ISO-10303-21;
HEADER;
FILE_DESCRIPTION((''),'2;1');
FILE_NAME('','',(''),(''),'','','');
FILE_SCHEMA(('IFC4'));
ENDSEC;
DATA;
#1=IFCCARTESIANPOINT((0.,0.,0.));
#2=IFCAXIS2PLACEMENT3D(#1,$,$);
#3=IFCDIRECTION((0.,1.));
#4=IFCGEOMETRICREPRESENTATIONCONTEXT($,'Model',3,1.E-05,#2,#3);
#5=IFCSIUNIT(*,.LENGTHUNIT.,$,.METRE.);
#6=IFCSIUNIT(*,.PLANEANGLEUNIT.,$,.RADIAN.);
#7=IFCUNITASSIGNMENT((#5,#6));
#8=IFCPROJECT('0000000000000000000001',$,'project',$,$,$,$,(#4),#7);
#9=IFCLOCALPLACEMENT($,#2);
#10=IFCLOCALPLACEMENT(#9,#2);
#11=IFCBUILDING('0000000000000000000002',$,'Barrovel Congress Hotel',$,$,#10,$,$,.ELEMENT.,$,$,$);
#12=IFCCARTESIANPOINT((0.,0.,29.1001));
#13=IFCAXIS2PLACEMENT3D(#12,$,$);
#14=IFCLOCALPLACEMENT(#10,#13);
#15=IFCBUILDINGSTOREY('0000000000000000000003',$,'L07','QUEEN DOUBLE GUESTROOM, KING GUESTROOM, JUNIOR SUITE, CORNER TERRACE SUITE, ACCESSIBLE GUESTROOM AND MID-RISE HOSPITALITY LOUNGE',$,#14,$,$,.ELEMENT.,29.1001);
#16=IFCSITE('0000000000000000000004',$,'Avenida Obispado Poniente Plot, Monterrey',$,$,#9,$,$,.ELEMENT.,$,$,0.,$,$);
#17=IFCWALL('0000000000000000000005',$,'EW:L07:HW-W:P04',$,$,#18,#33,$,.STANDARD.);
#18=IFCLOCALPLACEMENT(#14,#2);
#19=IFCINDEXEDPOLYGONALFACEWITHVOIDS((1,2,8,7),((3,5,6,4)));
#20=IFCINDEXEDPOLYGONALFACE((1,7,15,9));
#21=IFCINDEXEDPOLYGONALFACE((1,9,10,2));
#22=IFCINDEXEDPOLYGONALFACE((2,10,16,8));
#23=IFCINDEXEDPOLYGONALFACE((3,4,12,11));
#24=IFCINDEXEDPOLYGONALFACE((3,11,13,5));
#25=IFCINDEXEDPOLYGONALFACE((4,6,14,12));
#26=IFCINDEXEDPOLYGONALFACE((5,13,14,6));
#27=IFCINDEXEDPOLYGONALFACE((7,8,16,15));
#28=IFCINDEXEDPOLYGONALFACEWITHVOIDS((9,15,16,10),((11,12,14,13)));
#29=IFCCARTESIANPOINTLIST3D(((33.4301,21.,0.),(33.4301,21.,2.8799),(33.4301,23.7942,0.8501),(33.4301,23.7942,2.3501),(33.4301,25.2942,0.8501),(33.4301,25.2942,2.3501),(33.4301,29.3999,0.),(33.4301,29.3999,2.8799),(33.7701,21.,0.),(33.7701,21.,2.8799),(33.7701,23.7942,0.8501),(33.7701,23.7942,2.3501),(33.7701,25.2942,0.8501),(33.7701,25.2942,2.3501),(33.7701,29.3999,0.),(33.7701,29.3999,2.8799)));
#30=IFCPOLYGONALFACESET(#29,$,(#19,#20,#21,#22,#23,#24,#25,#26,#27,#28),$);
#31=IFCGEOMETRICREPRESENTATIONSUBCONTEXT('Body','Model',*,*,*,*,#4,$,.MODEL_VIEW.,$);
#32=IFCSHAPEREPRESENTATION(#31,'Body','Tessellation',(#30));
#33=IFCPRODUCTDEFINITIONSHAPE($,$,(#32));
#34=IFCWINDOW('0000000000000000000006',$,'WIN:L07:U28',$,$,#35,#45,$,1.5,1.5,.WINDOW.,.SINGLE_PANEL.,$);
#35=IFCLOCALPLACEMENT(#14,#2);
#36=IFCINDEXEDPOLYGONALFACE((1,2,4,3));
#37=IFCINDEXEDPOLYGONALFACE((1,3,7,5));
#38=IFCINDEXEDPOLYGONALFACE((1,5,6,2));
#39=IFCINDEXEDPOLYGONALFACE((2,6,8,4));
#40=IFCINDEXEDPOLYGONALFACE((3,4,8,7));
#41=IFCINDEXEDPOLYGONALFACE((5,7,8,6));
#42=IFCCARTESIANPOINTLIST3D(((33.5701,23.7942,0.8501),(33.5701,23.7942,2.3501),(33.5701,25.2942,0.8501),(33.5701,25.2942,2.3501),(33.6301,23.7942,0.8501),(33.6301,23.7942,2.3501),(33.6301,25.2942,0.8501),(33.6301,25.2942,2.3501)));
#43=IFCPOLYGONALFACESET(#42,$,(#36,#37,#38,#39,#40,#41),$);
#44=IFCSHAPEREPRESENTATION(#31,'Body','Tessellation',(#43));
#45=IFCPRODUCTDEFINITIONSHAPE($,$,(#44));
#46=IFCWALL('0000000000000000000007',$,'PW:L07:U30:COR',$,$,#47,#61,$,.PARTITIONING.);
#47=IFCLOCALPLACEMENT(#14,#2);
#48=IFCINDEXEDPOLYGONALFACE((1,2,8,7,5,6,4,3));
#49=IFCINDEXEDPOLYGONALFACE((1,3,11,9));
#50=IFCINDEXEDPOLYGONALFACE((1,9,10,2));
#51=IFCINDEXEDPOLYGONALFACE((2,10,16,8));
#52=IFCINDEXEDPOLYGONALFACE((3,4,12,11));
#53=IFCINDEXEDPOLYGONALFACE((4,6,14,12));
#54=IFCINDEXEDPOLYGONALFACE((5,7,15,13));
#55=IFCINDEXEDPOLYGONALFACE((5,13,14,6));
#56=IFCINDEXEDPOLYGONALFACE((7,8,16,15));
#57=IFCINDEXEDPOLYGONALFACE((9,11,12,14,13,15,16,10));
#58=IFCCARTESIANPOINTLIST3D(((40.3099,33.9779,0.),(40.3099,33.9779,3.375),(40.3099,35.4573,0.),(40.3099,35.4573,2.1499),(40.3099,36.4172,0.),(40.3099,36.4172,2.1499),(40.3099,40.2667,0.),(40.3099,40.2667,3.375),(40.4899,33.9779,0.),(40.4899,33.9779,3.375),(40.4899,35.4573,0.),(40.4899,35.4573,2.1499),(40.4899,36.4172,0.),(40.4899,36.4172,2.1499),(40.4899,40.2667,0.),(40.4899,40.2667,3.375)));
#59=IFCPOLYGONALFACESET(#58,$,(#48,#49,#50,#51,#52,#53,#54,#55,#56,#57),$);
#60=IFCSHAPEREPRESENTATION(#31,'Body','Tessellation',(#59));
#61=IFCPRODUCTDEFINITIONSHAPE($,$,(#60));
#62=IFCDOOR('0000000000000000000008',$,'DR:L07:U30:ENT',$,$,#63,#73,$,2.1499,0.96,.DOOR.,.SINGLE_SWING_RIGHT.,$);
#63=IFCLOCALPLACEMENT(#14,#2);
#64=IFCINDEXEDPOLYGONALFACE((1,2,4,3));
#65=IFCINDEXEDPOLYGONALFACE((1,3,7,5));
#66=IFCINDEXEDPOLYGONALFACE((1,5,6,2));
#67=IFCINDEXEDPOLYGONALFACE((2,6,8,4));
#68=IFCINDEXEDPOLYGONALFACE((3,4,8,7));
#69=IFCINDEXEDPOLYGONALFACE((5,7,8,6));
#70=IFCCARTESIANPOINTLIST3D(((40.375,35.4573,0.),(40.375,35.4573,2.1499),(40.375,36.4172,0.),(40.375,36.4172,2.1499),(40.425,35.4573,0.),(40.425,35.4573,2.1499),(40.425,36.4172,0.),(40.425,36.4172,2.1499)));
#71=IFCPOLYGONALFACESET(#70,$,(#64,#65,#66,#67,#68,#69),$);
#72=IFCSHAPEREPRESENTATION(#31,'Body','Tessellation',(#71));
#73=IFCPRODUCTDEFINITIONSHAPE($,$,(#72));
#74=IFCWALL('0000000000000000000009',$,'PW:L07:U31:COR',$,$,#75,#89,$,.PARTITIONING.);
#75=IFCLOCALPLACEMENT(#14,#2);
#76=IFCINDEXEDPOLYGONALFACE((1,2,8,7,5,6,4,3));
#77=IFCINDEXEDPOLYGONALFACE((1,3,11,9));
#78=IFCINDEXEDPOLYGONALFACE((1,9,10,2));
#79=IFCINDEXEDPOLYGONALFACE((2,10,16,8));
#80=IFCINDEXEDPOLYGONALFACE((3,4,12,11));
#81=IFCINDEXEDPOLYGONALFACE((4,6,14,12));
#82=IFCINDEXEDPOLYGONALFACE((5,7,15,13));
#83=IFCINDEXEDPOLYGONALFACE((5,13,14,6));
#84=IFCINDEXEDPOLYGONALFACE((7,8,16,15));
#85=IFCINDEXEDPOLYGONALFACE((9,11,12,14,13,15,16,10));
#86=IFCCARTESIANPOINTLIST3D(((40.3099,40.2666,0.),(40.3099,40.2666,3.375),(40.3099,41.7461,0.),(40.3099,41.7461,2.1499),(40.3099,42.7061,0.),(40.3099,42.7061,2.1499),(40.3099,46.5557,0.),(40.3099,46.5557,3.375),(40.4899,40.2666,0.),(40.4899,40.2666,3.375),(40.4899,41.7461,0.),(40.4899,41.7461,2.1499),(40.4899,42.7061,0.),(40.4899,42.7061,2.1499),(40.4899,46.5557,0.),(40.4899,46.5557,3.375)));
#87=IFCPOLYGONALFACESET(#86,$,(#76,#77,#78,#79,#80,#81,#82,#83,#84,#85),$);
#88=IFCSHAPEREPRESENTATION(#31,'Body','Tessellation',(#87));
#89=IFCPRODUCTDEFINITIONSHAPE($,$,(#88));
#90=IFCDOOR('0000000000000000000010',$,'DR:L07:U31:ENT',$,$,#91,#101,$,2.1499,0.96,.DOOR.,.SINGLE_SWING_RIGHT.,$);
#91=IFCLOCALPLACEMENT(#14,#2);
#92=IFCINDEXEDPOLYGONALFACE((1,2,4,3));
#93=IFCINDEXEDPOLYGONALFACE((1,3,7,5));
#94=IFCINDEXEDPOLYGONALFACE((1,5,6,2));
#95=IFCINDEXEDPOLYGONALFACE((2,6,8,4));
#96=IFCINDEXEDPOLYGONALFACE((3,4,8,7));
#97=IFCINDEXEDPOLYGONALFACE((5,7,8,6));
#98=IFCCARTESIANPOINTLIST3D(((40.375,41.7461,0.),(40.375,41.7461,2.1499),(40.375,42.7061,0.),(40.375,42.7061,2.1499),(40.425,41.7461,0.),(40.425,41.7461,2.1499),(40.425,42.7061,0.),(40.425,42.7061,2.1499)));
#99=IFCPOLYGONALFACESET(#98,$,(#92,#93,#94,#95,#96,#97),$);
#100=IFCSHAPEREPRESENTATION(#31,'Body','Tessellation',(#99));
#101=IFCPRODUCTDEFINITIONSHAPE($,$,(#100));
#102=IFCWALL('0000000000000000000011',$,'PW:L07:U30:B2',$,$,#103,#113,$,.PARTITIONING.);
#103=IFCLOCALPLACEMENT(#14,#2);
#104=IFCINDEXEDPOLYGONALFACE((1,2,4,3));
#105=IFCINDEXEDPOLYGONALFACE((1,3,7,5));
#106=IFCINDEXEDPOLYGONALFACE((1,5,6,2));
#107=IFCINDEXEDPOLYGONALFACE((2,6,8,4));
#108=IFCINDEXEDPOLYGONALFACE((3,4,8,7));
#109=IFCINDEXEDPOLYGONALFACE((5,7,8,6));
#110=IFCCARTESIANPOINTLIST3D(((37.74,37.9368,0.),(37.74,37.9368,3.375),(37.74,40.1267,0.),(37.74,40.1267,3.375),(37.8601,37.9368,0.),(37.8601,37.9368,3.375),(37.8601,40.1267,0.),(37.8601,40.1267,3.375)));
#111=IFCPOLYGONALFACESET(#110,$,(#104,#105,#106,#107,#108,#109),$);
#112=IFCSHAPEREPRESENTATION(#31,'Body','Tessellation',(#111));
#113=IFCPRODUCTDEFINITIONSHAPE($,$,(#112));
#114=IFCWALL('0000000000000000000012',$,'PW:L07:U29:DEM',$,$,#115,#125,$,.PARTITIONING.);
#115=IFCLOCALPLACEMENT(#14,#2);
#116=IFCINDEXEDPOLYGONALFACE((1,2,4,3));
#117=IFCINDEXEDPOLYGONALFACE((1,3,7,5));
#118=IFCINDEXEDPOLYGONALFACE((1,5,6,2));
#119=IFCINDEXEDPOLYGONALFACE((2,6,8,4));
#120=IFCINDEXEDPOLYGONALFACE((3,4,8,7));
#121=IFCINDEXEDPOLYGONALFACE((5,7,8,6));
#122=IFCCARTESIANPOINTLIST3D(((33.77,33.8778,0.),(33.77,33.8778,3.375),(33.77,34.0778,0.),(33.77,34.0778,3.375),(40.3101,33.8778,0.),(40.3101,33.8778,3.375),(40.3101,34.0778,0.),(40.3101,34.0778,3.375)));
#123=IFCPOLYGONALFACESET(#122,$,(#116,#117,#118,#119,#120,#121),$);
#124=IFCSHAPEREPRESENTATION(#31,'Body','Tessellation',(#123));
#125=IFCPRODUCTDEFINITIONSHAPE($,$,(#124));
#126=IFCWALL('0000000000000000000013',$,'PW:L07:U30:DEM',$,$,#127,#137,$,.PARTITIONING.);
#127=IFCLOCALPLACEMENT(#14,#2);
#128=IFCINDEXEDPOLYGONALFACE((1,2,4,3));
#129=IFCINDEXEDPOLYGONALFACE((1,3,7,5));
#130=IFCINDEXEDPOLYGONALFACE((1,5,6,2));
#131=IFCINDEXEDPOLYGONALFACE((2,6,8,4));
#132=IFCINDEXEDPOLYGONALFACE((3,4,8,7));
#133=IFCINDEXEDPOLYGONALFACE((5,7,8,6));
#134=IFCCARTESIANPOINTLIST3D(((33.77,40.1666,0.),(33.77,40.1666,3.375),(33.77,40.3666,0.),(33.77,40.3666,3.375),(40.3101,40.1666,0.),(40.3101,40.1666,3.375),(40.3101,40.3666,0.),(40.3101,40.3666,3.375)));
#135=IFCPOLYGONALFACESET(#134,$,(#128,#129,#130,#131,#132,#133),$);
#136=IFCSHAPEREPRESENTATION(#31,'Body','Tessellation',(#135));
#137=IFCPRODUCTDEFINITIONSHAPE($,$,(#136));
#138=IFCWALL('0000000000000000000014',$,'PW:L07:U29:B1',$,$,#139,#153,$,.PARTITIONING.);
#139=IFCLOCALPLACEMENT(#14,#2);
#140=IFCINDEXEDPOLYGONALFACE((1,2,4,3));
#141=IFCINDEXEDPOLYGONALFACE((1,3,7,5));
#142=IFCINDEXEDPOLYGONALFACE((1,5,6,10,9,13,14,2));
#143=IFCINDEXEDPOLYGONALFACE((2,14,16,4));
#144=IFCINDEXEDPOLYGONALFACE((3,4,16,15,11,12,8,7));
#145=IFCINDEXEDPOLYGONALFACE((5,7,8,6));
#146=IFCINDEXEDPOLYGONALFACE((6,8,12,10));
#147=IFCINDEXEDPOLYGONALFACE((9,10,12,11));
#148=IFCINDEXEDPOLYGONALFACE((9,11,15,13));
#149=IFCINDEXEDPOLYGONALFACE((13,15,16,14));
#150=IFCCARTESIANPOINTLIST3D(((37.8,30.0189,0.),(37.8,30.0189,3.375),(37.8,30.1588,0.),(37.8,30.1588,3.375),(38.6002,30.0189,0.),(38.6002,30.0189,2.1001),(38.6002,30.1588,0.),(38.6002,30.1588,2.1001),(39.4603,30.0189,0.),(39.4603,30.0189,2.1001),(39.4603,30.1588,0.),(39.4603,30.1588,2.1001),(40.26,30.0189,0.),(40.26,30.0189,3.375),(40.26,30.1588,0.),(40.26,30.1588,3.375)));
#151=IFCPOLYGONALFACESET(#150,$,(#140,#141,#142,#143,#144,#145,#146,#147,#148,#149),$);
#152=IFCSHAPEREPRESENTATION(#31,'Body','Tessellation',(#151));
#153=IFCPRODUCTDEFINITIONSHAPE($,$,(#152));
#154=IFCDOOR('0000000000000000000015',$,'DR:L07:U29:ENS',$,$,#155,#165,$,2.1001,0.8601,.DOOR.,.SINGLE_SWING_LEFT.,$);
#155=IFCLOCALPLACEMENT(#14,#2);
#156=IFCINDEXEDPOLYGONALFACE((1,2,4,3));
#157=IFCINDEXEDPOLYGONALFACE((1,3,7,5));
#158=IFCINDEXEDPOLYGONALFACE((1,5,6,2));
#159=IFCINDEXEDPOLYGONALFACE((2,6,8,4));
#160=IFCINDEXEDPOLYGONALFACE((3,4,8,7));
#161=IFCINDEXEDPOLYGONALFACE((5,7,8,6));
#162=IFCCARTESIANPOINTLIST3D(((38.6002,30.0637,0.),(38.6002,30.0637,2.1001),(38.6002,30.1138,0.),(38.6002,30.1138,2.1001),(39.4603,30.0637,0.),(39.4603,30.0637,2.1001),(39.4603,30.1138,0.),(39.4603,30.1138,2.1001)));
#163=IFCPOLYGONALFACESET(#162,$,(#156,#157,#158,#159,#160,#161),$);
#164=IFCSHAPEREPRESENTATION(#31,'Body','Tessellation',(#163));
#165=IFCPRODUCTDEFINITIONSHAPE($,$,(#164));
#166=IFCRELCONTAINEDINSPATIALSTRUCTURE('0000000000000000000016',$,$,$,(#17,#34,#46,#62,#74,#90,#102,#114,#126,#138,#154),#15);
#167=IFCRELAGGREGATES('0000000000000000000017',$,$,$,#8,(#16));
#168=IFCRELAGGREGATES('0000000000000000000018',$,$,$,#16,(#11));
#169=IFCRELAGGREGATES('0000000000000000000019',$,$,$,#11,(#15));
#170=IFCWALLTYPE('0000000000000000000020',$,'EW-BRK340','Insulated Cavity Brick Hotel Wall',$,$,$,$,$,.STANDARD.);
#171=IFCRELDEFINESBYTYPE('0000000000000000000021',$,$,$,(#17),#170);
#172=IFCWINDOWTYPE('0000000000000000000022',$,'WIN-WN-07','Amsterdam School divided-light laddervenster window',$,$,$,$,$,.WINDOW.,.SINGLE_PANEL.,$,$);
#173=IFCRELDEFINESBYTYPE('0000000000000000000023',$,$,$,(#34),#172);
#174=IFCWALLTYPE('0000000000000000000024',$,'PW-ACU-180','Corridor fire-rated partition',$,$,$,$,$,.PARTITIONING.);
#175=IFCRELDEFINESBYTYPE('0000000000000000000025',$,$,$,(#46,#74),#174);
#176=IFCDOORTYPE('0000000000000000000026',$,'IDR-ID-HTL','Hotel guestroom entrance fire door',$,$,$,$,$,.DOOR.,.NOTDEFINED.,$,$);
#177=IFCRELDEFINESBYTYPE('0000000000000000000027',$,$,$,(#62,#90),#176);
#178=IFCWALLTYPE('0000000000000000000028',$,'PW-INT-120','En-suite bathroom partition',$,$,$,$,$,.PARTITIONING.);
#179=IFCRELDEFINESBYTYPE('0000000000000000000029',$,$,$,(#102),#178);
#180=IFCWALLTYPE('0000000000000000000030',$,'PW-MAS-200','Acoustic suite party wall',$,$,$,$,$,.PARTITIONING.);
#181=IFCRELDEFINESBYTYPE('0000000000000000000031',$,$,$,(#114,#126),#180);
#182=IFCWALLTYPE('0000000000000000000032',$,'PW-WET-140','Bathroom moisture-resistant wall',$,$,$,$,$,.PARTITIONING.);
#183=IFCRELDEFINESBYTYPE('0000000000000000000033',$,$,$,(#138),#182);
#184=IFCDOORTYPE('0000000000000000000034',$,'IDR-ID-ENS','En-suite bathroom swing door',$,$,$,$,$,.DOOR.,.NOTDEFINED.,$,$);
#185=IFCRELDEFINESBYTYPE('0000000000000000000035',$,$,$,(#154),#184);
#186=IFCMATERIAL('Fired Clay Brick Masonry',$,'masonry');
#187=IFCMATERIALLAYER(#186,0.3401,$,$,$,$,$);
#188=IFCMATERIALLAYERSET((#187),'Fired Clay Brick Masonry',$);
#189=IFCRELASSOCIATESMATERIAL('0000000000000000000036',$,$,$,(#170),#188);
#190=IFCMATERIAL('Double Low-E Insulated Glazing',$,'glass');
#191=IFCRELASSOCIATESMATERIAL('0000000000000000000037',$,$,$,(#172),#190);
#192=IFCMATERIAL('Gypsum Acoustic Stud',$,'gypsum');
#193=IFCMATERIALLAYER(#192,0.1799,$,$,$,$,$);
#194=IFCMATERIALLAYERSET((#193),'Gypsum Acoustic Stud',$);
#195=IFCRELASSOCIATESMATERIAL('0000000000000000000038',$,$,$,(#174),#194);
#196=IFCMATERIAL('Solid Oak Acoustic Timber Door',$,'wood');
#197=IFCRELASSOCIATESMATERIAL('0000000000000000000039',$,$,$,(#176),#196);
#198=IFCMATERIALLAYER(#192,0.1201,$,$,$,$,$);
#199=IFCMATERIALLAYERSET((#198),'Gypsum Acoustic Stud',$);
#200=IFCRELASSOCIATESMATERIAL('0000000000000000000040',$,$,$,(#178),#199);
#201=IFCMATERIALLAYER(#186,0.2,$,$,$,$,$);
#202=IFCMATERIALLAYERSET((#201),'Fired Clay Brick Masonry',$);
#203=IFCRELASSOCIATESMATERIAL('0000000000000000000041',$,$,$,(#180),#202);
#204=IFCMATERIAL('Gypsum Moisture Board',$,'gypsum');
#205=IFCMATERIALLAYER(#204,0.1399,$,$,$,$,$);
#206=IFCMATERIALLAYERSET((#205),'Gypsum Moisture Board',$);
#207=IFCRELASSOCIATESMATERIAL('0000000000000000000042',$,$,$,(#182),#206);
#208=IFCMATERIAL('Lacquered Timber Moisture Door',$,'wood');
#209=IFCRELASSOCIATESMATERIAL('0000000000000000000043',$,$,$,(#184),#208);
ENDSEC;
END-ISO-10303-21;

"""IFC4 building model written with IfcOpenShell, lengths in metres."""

from ifc_helpers import new_model, si_unit, direction, frame, frame_2d, origin, place, context, subcontext, project, spatial, rectangle, extrude, material, layer, layer_set, type_object, element, fill, save


model = new_model("IFC4")

# Units and contexts
model_context = context("Model", 3, precision=1e-05, world=origin(), true_north=direction((0.0, 1.0)))
body_context = subcontext(model_context, "Body", "Model", "MODEL_VIEW")
ifc_project = project(units=[si_unit("LENGTHUNIT", "METRE"), si_unit("PLANEANGLEUNIT", "RADIAN")], contexts=[model_context])

# Site, building, storey
site_placement = place(None, origin())
site = spatial("IfcSite", under=ifc_project, at=site_placement, Name="Avenida Obispado Poniente Plot, Monterrey", CompositionType="ELEMENT", RefElevation=0.0)
building_placement = place(site_placement, origin())
building = spatial("IfcBuilding", under=site, at=building_placement, Name="Barrovel Congress Hotel", CompositionType="ELEMENT")
storey_placement = place(building_placement, frame((0.0, 0.0, 29.1001)))
storey = spatial("IfcBuildingStorey", under=building, at=storey_placement, Name="L07", Description="QUEEN DOUBLE GUESTROOM, KING GUESTROOM, JUNIOR SUITE, CORNER TERRACE SUITE, ACCESSIBLE GUESTROOM AND MID-RISE HOSPITALITY LOUNGE", CompositionType="ELEMENT", Elevation=29.1001)

# Wall, opening, window
ifc_material_1 = material(Name="Fired Clay Brick Masonry", Category="masonry")
ifc_layer_1 = layer(ifc_material_1, 0.3401)
ifc_layer_set_1 = layer_set([ifc_layer_1], Name="Fired Clay Brick Masonry")
wall_type_1 = type_object("IfcWallType", Name="EW-BRK340", Description="Insulated Cavity Brick Hotel Wall", PredefinedType="STANDARD", material=ifc_layer_set_1)
wall_1_placement = place(storey_placement, frame((33.6001, 29.3999, 0.0), z_axis=(0.0, 0.0, 1.0), x_axis=(0.0, -1.0, 0.0)))
wall_1 = element("IfcWall", 1, at=wall_1_placement, inside=storey, type_object=wall_type_1, Name="EW:L07:HW-W:P04", PredefinedType="STANDARD", context=body_context, shape_type="SweptSolid", body=[
    extrude(rectangle(XDim=8.3999, YDim=0.3401, at=frame_2d((4.2, 0.0))), origin(), (0.0, 0.0, 1.0), 2.8799),
])
opening_1_placement = place(wall_1_placement, frame((4.1057, 0.0, 0.8501)))
opening_1 = element("IfcOpeningElement", 2, at=opening_1_placement, cuts=wall_1, PredefinedType="OPENING", context=body_context, shape_type="SweptSolid", body=[
    extrude(rectangle(XDim=1.5, YDim=1.5, at=frame_2d((0.75, 0.75))), frame((0.0, 0.1802, 0.0), z_axis=(0.0, -1.0, 0.0), x_axis=(1.0, 0.0, 0.0)), (0.0, 0.0, 1.0), 0.3601),
])
ifc_material_2 = material(Name="Double Low-E Insulated Glazing", Category="glass")
window_type = type_object("IfcWindowType", Name="WIN-WN-07", Description="Amsterdam School divided-light laddervenster window", PartitioningType="SINGLE_PANEL", PredefinedType="WINDOW", material=ifc_material_2)
window_placement = place(opening_1_placement, origin())
window = element("IfcWindow", 3, at=window_placement, inside=storey, type_object=window_type, Name="WIN:L07:U28", OverallHeight=1.5, OverallWidth=1.5, PartitioningType="SINGLE_PANEL", PredefinedType="WINDOW", context=body_context, shape_type="SweptSolid", body=[
    extrude(rectangle(XDim=1.5, YDim=1.5, at=frame_2d((0.75, 0.75))), frame((0.0, 0.03, 0.0), z_axis=(0.0, -1.0, 0.0), x_axis=(1.0, 0.0, 0.0)), (0.0, 0.0, 1.0), 0.0601),
])
fill(opening_1, window)

# Walls, openings, doors
ifc_material_3 = material(Name="Gypsum Acoustic Stud", Category="gypsum")
ifc_layer_2 = layer(ifc_material_3, 0.1799)
ifc_layer_set_2 = layer_set([ifc_layer_2], Name="Gypsum Acoustic Stud")
wall_type_2 = type_object("IfcWallType", Name="PW-ACU-180", Description="Corridor fire-rated partition", PredefinedType="PARTITIONING", material=ifc_layer_set_2)
wall_2_placement = place(storey_placement, frame((40.3999, 33.9778, 0.0), z_axis=(0.0, 0.0, 1.0), x_axis=(0.0, 1.0, 0.0)))
wall_2 = element("IfcWall", 4, at=wall_2_placement, inside=storey, type_object=wall_type_2, Name="PW:L07:U30:COR", PredefinedType="PARTITIONING", context=body_context, shape_type="SweptSolid", body=[
    extrude(rectangle(XDim=6.2888, YDim=0.1799, at=frame_2d((3.1445, 0.0))), origin(), (0.0, 0.0, 1.0), 3.375),
])
opening_2_placement = place(wall_2_placement, frame((1.4795, 0.0, 0.0)))
opening_2 = element("IfcOpeningElement", 5, at=opening_2_placement, cuts=wall_2, PredefinedType="OPENING", context=body_context, shape_type="SweptSolid", body=[
    extrude(rectangle(XDim=0.96, YDim=2.1499, at=frame_2d((0.48, 1.075))), frame((0.0, 0.1001, 0.0), z_axis=(0.0, -1.0, 0.0), x_axis=(1.0, 0.0, 0.0)), (0.0, 0.0, 1.0), 0.2),
])
ifc_material_4 = material(Name="Solid Oak Acoustic Timber Door", Category="wood")
door_type_1 = type_object("IfcDoorType", Name="IDR-ID-HTL", Description="Hotel guestroom entrance fire door", OperationType="NOTDEFINED", PredefinedType="DOOR", material=ifc_material_4)
door_1_placement = place(opening_2_placement, origin())
door_1 = element("IfcDoor", 6, at=door_1_placement, inside=storey, type_object=door_type_1, Name="DR:L07:U30:ENT", OperationType="SINGLE_SWING_RIGHT", OverallHeight=2.1499, OverallWidth=0.96, PredefinedType="DOOR", context=body_context, shape_type="SweptSolid", body=[
    extrude(rectangle(XDim=0.96, YDim=2.1499, at=frame_2d((0.48, 1.075))), frame((0.0, 0.0249, 0.0), z_axis=(0.0, -1.0, 0.0), x_axis=(1.0, 0.0, 0.0)), (0.0, 0.0, 1.0), 0.05),
])
fill(opening_2, door_1)
wall_3_placement = place(storey_placement, frame((40.3999, 40.2666, 0.0), z_axis=(0.0, 0.0, 1.0), x_axis=(0.0, 1.0, 0.0)))
wall_3 = element("IfcWall", 7, at=wall_3_placement, inside=storey, type_object=wall_type_2, Name="PW:L07:U31:COR", PredefinedType="PARTITIONING", context=body_context, shape_type="SweptSolid", body=[
    extrude(rectangle(XDim=6.2891, YDim=0.1799, at=frame_2d((3.1445, 0.0))), origin(), (0.0, 0.0, 1.0), 3.375),
])
opening_3_placement = place(wall_3_placement, frame((1.4795, 0.0, 0.0)))
opening_3 = element("IfcOpeningElement", 8, at=opening_3_placement, cuts=wall_3, PredefinedType="OPENING", context=body_context, shape_type="SweptSolid", body=[
    extrude(rectangle(XDim=0.96, YDim=2.1499, at=frame_2d((0.48, 1.075))), frame((0.0, 0.1001, 0.0), z_axis=(0.0, -1.0, 0.0), x_axis=(1.0, 0.0, 0.0)), (0.0, 0.0, 1.0), 0.2),
])
door_2_placement = place(opening_3_placement, origin())
door_2 = element("IfcDoor", 9, at=door_2_placement, inside=storey, type_object=door_type_1, Name="DR:L07:U31:ENT", OperationType="SINGLE_SWING_RIGHT", OverallHeight=2.1499, OverallWidth=0.96, PredefinedType="DOOR", context=body_context, shape_type="SweptSolid", body=[
    extrude(rectangle(XDim=0.96, YDim=2.1499, at=frame_2d((0.48, 1.075))), frame((0.0, 0.0249, 0.0), z_axis=(0.0, -1.0, 0.0), x_axis=(1.0, 0.0, 0.0)), (0.0, 0.0, 1.0), 0.05),
])
fill(opening_3, door_2)

# Walls
ifc_layer_3 = layer(ifc_material_3, 0.1201)
ifc_layer_set_3 = layer_set([ifc_layer_3], Name="Gypsum Acoustic Stud")
wall_type_3 = type_object("IfcWallType", Name="PW-INT-120", Description="En-suite bathroom partition", PredefinedType="PARTITIONING", material=ifc_layer_set_3)
wall_4_placement = place(storey_placement, frame((37.8, 37.9368, 0.0), z_axis=(0.0, 0.0, 1.0), x_axis=(0.0, 1.0, 0.0)))
element("IfcWall", 10, at=wall_4_placement, inside=storey, type_object=wall_type_3, Name="PW:L07:U30:B2", PredefinedType="PARTITIONING", context=body_context, shape_type="SweptSolid", body=[
    extrude(rectangle(XDim=2.1899, YDim=0.1201, at=frame_2d((1.095, 0.0))), origin(), (0.0, 0.0, 1.0), 3.375),
])
ifc_layer_4 = layer(ifc_material_1, 0.2)
ifc_layer_set_4 = layer_set([ifc_layer_4], Name="Fired Clay Brick Masonry")
wall_type_4 = type_object("IfcWallType", Name="PW-MAS-200", Description="Acoustic suite party wall", PredefinedType="PARTITIONING", material=ifc_layer_set_4)
for number, where, z_axis, x_axis, name in (
    (11, (33.77, 33.9778, 0.0), (0.0, 0.0, 1.0), (1.0, 0.0, 0.0), "PW:L07:U29:DEM"),
    (12, (33.77, 40.2666, 0.0), (0.0, 0.0, 1.0), (1.0, 0.0, 0.0), "PW:L07:U30:DEM"),
):
    element("IfcWall", number, at=place(storey_placement, frame(where, z_axis=z_axis, x_axis=x_axis)), inside=storey, type_object=wall_type_4, Name=name, PredefinedType="PARTITIONING", context=body_context, shape_type="SweptSolid", body=[
        extrude(rectangle(XDim=6.54, YDim=0.2, at=frame_2d((3.27, 0.0))), origin(), (0.0, 0.0, 1.0), 3.375),
    ])

# Wall, opening, door
ifc_material_5 = material(Name="Gypsum Moisture Board", Category="gypsum")
ifc_layer_5 = layer(ifc_material_5, 0.1399)
ifc_layer_set_5 = layer_set([ifc_layer_5], Name="Gypsum Moisture Board")
wall_type_5 = type_object("IfcWallType", Name="PW-WET-140", Description="Bathroom moisture-resistant wall", PredefinedType="PARTITIONING", material=ifc_layer_set_5)
wall_5_placement = place(storey_placement, frame((37.8, 30.0889, 0.0), z_axis=(0.0, 0.0, 1.0), x_axis=(1.0, 0.0, 0.0)))
wall_5 = element("IfcWall", 13, at=wall_5_placement, inside=storey, type_object=wall_type_5, Name="PW:L07:U29:B1", PredefinedType="PARTITIONING", context=body_context, shape_type="SweptSolid", body=[
    extrude(rectangle(XDim=2.46, YDim=0.1399, at=frame_2d((1.23, 0.0))), origin(), (0.0, 0.0, 1.0), 3.375),
])
opening_4_placement = place(wall_5_placement, frame((0.8, 0.0, 0.0)))
opening_4 = element("IfcOpeningElement", 14, at=opening_4_placement, cuts=wall_5, PredefinedType="OPENING", context=body_context, shape_type="SweptSolid", body=[
    extrude(rectangle(XDim=0.8601, YDim=2.1001, at=frame_2d((0.4302, 1.05))), frame((0.0, 0.0801, 0.0), z_axis=(0.0, -1.0, 0.0), x_axis=(1.0, 0.0, 0.0)), (0.0, 0.0, 1.0), 0.1599),
])
ifc_material_6 = material(Name="Lacquered Timber Moisture Door", Category="wood")
door_type_2 = type_object("IfcDoorType", Name="IDR-ID-ENS", Description="En-suite bathroom swing door", OperationType="NOTDEFINED", PredefinedType="DOOR", material=ifc_material_6)
door_3_placement = place(opening_4_placement, origin())
door_3 = element("IfcDoor", 15, at=door_3_placement, inside=storey, type_object=door_type_2, Name="DR:L07:U29:ENS", OperationType="SINGLE_SWING_LEFT", OverallHeight=2.1001, OverallWidth=0.8601, PredefinedType="DOOR", context=body_context, shape_type="SweptSolid", body=[
    extrude(rectangle(XDim=0.8601, YDim=2.1001, at=frame_2d((0.4302, 1.05))), frame((0.0, 0.0249, 0.0), z_axis=(0.0, -1.0, 0.0), x_axis=(1.0, 0.0, 0.0)), (0.0, 0.0, 1.0), 0.05),
])
fill(opening_4, door_3)

save(model, "model.ifc")
